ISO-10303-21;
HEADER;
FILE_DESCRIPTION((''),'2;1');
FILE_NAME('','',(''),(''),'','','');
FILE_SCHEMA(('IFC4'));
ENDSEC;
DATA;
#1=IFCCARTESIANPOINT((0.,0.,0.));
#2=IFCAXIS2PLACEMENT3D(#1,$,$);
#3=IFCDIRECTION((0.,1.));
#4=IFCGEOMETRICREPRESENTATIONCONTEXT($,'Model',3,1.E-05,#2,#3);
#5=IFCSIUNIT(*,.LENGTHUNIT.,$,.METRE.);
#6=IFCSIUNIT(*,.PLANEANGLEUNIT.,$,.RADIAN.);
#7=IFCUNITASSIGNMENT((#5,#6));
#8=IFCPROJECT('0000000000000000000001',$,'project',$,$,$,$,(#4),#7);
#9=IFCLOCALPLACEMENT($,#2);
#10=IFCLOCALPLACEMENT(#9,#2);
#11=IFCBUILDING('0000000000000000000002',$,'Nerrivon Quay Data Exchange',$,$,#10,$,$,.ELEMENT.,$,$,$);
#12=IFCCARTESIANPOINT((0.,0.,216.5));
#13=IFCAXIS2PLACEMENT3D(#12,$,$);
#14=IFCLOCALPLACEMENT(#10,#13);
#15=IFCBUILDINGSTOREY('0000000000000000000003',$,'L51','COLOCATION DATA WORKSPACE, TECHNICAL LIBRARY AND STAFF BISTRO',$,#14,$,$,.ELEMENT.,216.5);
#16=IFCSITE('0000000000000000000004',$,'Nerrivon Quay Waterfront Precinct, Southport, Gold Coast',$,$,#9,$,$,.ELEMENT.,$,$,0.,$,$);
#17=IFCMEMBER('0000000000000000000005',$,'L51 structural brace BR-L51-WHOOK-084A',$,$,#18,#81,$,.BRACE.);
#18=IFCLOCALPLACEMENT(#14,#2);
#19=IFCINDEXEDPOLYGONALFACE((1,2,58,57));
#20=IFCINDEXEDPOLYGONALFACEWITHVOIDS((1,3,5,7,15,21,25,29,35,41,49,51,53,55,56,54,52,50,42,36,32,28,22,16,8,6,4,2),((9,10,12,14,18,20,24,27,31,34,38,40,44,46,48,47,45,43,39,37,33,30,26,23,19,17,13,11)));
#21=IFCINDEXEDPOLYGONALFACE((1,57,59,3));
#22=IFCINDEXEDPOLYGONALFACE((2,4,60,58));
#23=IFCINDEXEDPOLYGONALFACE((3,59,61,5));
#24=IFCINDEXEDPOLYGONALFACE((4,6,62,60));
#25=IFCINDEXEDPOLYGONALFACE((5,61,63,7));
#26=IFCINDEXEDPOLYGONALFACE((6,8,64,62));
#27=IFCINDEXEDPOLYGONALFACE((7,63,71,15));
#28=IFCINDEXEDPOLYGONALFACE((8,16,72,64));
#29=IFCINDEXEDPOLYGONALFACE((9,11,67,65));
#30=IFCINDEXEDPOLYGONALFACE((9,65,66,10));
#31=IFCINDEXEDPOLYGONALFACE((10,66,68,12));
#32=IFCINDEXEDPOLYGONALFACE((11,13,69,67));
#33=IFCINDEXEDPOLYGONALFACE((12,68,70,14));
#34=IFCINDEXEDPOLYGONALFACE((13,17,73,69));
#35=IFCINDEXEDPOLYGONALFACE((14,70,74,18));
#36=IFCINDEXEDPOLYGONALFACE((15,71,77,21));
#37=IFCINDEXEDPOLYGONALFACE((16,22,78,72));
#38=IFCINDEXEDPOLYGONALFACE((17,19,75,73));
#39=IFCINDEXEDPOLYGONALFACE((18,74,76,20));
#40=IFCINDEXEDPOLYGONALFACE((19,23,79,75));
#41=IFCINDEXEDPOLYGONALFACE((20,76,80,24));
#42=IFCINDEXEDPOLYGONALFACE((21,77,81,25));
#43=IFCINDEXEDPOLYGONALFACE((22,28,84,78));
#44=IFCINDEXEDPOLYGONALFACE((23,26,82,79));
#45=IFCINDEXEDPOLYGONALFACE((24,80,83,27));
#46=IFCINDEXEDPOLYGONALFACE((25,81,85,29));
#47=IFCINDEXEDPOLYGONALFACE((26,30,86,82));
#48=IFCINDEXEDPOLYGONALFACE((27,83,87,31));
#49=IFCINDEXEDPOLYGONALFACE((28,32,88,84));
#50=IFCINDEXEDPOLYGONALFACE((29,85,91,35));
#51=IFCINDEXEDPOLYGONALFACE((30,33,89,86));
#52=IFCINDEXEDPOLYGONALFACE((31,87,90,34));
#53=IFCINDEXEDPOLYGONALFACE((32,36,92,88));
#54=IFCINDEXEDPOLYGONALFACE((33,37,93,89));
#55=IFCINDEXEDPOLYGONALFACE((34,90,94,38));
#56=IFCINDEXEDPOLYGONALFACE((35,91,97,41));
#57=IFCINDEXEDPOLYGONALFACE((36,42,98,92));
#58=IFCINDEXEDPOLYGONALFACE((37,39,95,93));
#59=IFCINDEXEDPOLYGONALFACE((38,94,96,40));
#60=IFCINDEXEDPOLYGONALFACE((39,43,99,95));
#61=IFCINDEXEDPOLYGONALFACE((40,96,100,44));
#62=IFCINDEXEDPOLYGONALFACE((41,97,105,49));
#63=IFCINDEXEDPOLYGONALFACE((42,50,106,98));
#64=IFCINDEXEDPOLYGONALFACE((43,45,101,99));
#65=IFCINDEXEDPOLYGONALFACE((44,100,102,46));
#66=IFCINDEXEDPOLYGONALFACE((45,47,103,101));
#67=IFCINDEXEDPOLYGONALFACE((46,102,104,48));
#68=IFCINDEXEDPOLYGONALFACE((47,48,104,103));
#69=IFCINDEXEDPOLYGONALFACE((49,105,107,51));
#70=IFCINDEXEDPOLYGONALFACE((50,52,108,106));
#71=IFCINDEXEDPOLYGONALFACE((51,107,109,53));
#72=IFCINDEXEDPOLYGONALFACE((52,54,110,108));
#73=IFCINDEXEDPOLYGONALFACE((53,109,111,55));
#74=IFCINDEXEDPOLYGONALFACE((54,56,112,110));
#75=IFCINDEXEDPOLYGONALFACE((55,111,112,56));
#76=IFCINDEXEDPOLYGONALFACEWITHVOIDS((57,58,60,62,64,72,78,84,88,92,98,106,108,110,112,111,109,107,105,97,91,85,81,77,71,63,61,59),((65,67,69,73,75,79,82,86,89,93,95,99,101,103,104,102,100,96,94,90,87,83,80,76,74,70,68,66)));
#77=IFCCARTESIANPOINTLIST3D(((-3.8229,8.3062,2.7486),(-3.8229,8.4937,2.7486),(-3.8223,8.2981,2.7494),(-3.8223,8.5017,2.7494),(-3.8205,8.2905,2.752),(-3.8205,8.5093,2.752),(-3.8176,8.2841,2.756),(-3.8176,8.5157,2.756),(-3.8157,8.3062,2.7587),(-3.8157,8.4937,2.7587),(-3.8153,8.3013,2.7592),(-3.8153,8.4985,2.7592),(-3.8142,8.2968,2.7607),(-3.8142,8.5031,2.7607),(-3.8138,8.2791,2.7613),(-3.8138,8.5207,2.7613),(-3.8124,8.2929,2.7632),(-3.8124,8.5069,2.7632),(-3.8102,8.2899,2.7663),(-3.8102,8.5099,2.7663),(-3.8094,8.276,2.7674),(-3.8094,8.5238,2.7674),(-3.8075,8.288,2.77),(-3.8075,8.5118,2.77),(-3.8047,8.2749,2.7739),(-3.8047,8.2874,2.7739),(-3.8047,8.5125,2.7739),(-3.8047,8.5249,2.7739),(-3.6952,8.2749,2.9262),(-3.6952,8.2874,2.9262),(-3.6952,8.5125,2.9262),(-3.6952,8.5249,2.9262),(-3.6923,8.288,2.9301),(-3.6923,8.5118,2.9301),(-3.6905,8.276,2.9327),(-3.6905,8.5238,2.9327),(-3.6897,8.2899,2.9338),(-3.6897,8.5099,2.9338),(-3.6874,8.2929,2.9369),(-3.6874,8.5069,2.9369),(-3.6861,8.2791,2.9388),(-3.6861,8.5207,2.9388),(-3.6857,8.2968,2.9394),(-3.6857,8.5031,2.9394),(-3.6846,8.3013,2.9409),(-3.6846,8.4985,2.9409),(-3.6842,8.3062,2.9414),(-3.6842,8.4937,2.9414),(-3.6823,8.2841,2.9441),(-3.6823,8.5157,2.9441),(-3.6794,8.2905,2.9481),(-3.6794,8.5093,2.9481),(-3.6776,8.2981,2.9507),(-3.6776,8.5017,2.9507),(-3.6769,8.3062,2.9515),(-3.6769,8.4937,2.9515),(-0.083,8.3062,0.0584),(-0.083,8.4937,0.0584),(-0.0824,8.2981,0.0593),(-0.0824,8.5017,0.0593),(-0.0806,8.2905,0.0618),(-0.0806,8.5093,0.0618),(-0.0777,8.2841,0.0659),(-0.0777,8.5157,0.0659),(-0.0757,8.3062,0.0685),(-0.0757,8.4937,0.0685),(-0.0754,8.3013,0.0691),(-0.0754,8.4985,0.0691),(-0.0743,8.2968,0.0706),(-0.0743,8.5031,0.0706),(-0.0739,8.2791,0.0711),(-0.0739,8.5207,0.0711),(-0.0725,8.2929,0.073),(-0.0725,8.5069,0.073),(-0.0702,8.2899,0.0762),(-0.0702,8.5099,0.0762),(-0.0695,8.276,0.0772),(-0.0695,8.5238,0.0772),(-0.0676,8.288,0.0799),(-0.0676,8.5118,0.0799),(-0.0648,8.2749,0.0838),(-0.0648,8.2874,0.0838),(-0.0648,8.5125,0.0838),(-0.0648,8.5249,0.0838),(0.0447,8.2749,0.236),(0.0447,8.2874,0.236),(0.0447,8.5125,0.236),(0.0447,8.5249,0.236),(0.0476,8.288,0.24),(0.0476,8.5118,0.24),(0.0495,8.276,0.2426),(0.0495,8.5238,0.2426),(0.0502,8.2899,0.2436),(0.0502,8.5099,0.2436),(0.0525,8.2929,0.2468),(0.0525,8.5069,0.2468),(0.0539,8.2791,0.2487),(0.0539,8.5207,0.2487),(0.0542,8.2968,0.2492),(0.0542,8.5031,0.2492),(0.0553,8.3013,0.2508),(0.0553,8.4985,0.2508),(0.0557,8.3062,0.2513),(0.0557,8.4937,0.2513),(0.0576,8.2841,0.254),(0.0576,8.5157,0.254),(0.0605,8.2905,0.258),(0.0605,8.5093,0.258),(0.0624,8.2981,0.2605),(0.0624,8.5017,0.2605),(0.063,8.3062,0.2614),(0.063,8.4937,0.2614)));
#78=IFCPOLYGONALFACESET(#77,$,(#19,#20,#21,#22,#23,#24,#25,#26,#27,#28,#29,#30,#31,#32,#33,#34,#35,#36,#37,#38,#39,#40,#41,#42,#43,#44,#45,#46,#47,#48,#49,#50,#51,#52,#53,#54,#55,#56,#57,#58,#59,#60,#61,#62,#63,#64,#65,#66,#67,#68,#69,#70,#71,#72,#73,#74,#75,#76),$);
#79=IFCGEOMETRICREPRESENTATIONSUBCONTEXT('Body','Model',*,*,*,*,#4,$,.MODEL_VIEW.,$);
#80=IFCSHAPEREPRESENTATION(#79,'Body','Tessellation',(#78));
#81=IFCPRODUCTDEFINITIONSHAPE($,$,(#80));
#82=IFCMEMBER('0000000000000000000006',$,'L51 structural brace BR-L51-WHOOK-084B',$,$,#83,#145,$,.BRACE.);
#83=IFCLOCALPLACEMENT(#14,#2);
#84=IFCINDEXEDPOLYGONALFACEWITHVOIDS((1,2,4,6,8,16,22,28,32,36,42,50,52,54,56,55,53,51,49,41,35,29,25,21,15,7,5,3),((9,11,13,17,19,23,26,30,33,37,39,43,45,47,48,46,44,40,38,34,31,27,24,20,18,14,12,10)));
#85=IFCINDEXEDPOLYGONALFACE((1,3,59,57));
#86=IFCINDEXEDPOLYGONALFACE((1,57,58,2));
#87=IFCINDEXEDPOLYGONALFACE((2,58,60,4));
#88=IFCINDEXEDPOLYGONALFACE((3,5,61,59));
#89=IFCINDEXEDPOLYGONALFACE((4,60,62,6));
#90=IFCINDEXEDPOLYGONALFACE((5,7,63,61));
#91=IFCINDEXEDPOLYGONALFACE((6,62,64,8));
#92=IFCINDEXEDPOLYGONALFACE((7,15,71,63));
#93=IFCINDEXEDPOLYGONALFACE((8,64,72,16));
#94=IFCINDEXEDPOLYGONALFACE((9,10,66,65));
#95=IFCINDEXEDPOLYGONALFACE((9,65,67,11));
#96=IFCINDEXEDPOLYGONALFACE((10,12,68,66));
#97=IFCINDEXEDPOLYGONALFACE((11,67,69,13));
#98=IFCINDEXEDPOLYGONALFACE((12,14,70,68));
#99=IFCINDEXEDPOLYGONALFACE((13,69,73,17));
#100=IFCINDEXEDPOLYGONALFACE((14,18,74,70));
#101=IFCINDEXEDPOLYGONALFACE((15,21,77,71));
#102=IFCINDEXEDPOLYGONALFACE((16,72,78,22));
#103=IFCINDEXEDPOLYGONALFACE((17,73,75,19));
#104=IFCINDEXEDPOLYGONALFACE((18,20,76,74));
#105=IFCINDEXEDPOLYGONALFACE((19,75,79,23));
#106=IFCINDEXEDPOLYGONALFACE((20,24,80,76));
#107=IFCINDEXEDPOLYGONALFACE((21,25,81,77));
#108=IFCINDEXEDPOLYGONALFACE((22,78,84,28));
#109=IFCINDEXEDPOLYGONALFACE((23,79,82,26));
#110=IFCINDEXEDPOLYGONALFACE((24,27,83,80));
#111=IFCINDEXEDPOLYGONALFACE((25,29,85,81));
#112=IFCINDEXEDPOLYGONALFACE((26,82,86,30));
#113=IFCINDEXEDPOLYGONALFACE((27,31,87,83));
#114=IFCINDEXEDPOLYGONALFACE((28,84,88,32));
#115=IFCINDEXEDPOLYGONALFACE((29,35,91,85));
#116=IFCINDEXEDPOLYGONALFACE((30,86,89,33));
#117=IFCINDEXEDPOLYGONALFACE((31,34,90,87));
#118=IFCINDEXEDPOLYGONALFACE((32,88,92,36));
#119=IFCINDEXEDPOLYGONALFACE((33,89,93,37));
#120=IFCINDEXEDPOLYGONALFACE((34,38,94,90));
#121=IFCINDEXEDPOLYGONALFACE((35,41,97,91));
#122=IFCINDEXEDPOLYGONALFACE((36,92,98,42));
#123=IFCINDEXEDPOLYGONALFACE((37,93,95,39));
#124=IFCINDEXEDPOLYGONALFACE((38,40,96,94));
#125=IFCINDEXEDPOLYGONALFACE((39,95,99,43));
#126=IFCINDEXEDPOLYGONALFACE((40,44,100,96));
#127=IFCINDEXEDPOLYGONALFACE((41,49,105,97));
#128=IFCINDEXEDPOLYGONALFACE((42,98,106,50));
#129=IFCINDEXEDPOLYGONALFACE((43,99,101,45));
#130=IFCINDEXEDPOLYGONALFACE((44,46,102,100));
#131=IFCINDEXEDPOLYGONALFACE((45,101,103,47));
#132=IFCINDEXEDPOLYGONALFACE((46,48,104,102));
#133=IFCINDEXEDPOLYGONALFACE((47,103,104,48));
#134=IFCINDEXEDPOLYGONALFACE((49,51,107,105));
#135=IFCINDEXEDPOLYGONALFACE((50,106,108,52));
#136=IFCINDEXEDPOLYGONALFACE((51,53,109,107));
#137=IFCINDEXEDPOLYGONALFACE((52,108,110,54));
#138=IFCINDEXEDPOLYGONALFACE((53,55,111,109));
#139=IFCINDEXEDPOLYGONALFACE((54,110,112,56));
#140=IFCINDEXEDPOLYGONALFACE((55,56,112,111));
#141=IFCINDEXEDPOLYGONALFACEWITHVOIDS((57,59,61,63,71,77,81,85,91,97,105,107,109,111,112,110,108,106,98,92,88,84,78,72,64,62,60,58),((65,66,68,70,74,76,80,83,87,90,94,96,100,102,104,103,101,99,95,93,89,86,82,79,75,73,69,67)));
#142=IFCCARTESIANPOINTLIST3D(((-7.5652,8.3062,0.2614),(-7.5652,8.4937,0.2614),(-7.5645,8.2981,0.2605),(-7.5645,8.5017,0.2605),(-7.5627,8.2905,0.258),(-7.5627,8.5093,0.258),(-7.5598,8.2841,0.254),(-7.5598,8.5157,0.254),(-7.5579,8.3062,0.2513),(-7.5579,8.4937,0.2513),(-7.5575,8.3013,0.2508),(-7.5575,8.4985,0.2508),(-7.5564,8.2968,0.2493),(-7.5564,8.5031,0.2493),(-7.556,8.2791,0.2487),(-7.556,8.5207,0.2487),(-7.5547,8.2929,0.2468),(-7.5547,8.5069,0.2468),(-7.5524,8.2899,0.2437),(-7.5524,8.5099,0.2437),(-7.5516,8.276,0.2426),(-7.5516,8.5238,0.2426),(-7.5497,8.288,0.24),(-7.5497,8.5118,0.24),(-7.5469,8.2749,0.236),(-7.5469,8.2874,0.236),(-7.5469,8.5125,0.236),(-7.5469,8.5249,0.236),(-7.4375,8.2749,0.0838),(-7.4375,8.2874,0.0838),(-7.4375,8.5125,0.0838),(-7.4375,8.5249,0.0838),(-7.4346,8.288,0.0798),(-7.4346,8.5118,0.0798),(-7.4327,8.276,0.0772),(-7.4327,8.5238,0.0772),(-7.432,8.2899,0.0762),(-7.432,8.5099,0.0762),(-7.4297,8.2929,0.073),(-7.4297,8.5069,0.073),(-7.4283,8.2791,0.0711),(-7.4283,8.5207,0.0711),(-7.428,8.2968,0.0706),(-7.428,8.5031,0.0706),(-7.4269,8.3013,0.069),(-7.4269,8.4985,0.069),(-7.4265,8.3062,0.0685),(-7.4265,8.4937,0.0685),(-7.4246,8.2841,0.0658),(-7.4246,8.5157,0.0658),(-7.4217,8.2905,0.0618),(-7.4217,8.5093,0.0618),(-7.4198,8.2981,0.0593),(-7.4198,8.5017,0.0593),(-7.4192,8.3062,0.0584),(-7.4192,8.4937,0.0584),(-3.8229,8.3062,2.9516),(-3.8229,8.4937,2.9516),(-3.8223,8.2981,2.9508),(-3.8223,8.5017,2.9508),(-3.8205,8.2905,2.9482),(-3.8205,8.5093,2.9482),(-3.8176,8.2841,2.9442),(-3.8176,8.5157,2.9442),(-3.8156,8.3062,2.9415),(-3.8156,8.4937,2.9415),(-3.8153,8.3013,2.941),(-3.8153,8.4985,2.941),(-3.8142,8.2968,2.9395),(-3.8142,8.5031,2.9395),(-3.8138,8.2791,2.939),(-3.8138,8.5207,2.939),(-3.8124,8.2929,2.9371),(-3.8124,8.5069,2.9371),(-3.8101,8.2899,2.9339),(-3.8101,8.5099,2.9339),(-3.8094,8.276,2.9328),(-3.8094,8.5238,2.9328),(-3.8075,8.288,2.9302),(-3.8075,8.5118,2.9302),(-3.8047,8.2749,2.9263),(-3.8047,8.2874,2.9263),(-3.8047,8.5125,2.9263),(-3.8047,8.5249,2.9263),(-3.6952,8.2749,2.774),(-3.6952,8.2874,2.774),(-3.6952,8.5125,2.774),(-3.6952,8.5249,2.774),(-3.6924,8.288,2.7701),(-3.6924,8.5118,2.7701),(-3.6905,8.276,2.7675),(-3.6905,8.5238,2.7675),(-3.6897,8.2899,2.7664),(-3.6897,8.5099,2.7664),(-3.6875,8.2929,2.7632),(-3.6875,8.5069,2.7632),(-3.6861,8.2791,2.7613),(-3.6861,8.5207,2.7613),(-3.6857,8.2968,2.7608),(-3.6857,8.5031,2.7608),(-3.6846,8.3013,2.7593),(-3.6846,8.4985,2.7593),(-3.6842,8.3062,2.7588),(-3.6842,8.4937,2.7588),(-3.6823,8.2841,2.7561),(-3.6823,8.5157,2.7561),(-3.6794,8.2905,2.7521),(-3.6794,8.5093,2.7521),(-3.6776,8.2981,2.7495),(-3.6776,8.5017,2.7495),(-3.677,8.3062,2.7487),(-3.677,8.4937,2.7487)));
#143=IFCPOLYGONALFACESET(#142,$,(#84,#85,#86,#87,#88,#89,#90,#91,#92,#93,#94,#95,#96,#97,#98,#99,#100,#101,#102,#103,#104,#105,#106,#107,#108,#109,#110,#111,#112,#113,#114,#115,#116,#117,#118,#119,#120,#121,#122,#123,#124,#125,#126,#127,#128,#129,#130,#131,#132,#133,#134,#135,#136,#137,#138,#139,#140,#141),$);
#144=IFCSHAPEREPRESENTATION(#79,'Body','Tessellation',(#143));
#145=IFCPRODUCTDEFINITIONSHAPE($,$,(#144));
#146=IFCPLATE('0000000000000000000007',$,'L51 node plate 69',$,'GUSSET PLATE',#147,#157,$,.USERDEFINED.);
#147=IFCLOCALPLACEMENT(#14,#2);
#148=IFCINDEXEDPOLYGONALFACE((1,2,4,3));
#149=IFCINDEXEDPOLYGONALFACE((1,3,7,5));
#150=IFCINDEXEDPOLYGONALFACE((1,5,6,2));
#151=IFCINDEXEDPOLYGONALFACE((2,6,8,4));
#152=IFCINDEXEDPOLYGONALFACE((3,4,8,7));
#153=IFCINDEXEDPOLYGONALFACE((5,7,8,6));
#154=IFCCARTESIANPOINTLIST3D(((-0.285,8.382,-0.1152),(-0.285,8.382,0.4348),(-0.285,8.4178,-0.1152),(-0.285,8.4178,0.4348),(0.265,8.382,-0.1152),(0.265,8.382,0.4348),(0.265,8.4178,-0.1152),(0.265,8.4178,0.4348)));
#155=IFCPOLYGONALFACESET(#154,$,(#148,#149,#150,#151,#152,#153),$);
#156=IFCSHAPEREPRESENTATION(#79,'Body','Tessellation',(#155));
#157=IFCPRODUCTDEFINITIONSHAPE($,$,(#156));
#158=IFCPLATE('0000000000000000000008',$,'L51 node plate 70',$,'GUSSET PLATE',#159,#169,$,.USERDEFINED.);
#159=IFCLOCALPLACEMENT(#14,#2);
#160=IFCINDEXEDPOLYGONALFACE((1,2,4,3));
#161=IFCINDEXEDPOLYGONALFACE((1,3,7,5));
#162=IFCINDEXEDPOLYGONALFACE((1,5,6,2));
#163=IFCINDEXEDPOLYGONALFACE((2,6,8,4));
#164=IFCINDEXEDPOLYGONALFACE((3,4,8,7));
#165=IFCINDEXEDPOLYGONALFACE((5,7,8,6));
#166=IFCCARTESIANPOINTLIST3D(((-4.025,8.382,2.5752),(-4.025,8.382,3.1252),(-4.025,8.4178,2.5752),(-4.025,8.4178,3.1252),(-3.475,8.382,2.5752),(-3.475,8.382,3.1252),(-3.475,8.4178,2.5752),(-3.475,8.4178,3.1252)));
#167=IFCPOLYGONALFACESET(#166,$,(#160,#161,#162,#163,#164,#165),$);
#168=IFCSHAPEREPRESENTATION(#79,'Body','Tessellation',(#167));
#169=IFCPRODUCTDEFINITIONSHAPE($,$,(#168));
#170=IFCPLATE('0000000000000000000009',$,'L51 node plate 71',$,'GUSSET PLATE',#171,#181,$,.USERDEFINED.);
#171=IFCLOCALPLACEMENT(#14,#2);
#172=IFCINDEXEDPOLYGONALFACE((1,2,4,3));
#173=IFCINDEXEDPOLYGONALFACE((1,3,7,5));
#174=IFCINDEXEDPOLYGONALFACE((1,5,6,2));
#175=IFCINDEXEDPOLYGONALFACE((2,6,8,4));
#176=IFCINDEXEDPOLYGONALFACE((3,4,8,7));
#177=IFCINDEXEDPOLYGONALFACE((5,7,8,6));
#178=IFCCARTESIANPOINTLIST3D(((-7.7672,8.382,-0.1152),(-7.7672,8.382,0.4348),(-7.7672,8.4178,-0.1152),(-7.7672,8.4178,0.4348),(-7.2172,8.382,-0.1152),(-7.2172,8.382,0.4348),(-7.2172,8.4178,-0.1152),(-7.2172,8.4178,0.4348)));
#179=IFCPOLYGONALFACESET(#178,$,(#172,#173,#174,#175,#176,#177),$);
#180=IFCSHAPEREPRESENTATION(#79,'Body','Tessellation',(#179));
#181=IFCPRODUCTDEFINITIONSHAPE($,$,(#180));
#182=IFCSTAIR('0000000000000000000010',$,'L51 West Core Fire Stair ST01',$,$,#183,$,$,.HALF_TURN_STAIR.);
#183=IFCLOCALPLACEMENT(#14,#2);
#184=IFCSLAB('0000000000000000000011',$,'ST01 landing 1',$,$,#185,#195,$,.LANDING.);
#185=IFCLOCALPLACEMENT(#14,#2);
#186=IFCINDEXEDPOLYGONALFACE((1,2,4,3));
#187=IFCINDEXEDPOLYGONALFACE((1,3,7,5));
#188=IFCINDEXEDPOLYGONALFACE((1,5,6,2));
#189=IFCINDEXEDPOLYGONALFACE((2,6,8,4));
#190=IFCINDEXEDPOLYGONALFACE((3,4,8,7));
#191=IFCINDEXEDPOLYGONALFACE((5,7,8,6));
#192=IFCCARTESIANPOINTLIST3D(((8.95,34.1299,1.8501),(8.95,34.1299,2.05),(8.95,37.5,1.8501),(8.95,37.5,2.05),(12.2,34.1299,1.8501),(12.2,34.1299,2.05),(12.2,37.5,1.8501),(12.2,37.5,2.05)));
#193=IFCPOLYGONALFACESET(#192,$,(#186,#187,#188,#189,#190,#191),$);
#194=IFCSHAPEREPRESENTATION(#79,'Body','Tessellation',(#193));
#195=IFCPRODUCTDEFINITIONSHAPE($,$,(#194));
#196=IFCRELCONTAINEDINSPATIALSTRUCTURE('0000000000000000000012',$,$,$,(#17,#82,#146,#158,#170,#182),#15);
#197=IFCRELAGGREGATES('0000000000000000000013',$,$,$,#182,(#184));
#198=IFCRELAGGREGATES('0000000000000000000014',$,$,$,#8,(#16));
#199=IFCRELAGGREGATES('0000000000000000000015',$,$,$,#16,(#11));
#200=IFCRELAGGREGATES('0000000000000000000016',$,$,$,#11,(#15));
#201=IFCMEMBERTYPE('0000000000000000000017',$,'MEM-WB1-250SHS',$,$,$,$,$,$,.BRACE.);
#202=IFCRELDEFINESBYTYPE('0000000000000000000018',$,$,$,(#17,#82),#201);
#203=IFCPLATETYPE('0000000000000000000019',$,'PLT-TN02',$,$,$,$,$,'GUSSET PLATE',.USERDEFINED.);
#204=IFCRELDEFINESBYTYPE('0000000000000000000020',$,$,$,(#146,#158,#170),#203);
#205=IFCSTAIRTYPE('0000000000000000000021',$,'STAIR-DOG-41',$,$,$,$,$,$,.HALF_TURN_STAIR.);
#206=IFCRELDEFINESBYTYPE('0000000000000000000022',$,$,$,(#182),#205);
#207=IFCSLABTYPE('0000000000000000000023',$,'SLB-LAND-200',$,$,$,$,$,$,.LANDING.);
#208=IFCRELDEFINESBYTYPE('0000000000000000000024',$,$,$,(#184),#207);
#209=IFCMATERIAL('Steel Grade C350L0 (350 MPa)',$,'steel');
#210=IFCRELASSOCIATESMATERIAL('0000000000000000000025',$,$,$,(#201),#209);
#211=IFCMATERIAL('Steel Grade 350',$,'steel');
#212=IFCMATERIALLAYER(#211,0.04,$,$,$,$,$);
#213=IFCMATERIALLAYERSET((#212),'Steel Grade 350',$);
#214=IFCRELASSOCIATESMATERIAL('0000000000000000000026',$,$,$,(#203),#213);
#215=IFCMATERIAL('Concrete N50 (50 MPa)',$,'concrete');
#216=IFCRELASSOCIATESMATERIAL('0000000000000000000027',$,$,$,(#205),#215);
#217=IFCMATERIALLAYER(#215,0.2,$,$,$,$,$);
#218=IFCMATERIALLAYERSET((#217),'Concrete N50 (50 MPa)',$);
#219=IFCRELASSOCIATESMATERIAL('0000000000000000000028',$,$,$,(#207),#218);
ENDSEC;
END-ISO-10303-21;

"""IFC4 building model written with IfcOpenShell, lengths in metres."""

from ifc_helpers import new_model, si_unit, direction, frame, origin, origin_2d, place, context, subcontext, project, spatial, polyline, rectangle, hollow_rectangle, outline, extrude, material, layer, layer_set, material_profile, profile_set, type_object, element, aggregate, save


model = new_model("IFC4")

# Units and contexts
model_context = context("Model", 3, precision=1e-05, world=origin(), true_north=direction((0.0, 1.0)))
body_context = subcontext(model_context, "Body", "Model", "MODEL_VIEW")
ifc_project = project(units=[si_unit("LENGTHUNIT", "METRE"), si_unit("PLANEANGLEUNIT", "RADIAN")], contexts=[model_context])

# Site, building, storey
site_placement = place(None, origin())
site = spatial("IfcSite", under=ifc_project, at=site_placement, Name="Nerrivon Quay Waterfront Precinct, Southport, Gold Coast", CompositionType="ELEMENT", RefElevation=0.0)
building_placement = place(site_placement, origin())
building = spatial("IfcBuilding", under=site, at=building_placement, Name="Nerrivon Quay Data Exchange", CompositionType="ELEMENT")
storey_placement = place(building_placement, frame((0.0, 0.0, 216.5)))
storey = spatial("IfcBuildingStorey", under=building, at=storey_placement, Name="L51", Description="COLOCATION DATA WORKSPACE, TECHNICAL LIBRARY AND STAFF BISTRO", CompositionType="ELEMENT", Elevation=216.5)

# Shared definitions
ifc_material_1 = material(Name="Steel Grade 350", Category="steel")

# Members
ifc_material_2 = material(Name="Steel Grade C350L0 (350 MPa)", Category="steel")
ifc_material_profile_1 = material_profile(ifc_material_2, hollow_rectangle(XDim=0.25, YDim=0.25, WallThickness=0.0125, InnerFilletRadius=0.0188, OuterFilletRadius=0.0312, at=origin_2d()), Name="250x250x12.5SHS")
ifc_profile_set_1 = profile_set([ifc_material_profile_1], Name="Steel Grade C350L0 (350 MPa)")
member_type = type_object("IfcMemberType", Name="MEM-WB1-250SHS", PredefinedType="BRACE", material=ifc_profile_set_1)
member_1_placement = place(storey_placement, frame((-0.01, 8.3999, 0.1599), z_axis=(-0.811803, 0.0, 0.583932), x_axis=(0.0, -1.0, 0.0)))
element("IfcMember", 1, at=member_1_placement, inside=storey, type_object=member_type, Name="L51 structural brace BR-L51-WHOOK-084A", PredefinedType="BRACE", context=body_context, shape_type="SweptSolid", body=[
    extrude(hollow_rectangle(XDim=0.25, YDim=0.25, WallThickness=0.0125, InnerFilletRadius=0.0188, OuterFilletRadius=0.0312, at=origin_2d()), origin(), (0.0, 0.0, 1.0), 4.6069),
])
member_2_placement = place(storey_placement, frame((-7.4922, 8.3999, 0.1599), z_axis=(0.811965, 0.0, 0.583706), x_axis=(0.0, 1.0, 0.0)))
element("IfcMember", 2, at=member_2_placement, inside=storey, type_object=member_type, Name="L51 structural brace BR-L51-WHOOK-084B", PredefinedType="BRACE", context=body_context, shape_type="SweptSolid", body=[
    extrude(hollow_rectangle(XDim=0.25, YDim=0.25, WallThickness=0.0125, InnerFilletRadius=0.0188, OuterFilletRadius=0.0312, at=origin_2d()), origin(), (0.0, 0.0, 1.0), 4.6089),
])

# Plates
ifc_layer_1 = layer(ifc_material_1, 0.04)
ifc_layer_set_1 = layer_set([ifc_layer_1], Name="Steel Grade 350")
plate_type = type_object("IfcPlateType", Name="PLT-TN02", ElementType="GUSSET PLATE", PredefinedType="USERDEFINED", material=ifc_layer_set_1)
for number, where, z_axis, x_axis, name in (
    (3, (-0.01, 8.3999, -0.1152), (0.0, 0.0, 1.0), (1.0, 0.0, 0.0), "L51 node plate 69"),
    (4, (-3.75, 8.3999, 2.5752), (0.0, 0.0, 1.0), (1.0, 0.0, 0.0), "L51 node plate 70"),
    (5, (-7.4922, 8.3999, -0.1152), (0.0, 0.0, 1.0), (1.0, 0.0, 0.0), "L51 node plate 71"),
):
    element("IfcPlate", number, at=place(storey_placement, frame(where, z_axis=z_axis, x_axis=x_axis)), inside=storey, type_object=plate_type, Name=name, ObjectType="GUSSET PLATE", PredefinedType="USERDEFINED", context=body_context, shape_type="SweptSolid", body=[
        extrude(rectangle(XDim=0.55, YDim=0.0359, at=origin_2d()), origin(), (0.0, 0.0, 1.0), 0.55),
    ])

# Stair, slab
ifc_material_3 = material(Name="Concrete N50 (50 MPa)", Category="concrete")
stair_type = type_object("IfcStairType", Name="STAIR-DOG-41", PredefinedType="HALF_TURN_STAIR", material=ifc_material_3)
stair_1_placement = place(storey_placement, origin())
stair_1 = element("IfcStair", 6, at=stair_1_placement, inside=storey, type_object=stair_type, Name="L51 West Core Fire Stair ST01", PredefinedType="HALF_TURN_STAIR")
ifc_layer_2 = layer(ifc_material_3, 0.2)
ifc_layer_set_2 = layer_set([ifc_layer_2], Name="Concrete N50 (50 MPa)")
slab_type = type_object("IfcSlabType", Name="SLB-LAND-200", PredefinedType="LANDING", material=ifc_layer_set_2)
slab_1_placement = place(storey_placement, frame((0.0, 0.0, 1.8501)))
slab_1 = element("IfcSlab", 7, at=slab_1_placement, type_object=slab_type, Name="ST01 landing 1", PredefinedType="LANDING", context=body_context, shape_type="SweptSolid", body=[
    extrude(outline(polyline([(12.2, 34.1299), (12.2, 37.5), (8.95, 37.5), (8.95, 34.1299), (12.2, 34.1299)])), origin(), (0.0, 0.0, 1.0), 0.2),
])
aggregate(stair_1, [slab_1])

save(model, "model.ifc")
